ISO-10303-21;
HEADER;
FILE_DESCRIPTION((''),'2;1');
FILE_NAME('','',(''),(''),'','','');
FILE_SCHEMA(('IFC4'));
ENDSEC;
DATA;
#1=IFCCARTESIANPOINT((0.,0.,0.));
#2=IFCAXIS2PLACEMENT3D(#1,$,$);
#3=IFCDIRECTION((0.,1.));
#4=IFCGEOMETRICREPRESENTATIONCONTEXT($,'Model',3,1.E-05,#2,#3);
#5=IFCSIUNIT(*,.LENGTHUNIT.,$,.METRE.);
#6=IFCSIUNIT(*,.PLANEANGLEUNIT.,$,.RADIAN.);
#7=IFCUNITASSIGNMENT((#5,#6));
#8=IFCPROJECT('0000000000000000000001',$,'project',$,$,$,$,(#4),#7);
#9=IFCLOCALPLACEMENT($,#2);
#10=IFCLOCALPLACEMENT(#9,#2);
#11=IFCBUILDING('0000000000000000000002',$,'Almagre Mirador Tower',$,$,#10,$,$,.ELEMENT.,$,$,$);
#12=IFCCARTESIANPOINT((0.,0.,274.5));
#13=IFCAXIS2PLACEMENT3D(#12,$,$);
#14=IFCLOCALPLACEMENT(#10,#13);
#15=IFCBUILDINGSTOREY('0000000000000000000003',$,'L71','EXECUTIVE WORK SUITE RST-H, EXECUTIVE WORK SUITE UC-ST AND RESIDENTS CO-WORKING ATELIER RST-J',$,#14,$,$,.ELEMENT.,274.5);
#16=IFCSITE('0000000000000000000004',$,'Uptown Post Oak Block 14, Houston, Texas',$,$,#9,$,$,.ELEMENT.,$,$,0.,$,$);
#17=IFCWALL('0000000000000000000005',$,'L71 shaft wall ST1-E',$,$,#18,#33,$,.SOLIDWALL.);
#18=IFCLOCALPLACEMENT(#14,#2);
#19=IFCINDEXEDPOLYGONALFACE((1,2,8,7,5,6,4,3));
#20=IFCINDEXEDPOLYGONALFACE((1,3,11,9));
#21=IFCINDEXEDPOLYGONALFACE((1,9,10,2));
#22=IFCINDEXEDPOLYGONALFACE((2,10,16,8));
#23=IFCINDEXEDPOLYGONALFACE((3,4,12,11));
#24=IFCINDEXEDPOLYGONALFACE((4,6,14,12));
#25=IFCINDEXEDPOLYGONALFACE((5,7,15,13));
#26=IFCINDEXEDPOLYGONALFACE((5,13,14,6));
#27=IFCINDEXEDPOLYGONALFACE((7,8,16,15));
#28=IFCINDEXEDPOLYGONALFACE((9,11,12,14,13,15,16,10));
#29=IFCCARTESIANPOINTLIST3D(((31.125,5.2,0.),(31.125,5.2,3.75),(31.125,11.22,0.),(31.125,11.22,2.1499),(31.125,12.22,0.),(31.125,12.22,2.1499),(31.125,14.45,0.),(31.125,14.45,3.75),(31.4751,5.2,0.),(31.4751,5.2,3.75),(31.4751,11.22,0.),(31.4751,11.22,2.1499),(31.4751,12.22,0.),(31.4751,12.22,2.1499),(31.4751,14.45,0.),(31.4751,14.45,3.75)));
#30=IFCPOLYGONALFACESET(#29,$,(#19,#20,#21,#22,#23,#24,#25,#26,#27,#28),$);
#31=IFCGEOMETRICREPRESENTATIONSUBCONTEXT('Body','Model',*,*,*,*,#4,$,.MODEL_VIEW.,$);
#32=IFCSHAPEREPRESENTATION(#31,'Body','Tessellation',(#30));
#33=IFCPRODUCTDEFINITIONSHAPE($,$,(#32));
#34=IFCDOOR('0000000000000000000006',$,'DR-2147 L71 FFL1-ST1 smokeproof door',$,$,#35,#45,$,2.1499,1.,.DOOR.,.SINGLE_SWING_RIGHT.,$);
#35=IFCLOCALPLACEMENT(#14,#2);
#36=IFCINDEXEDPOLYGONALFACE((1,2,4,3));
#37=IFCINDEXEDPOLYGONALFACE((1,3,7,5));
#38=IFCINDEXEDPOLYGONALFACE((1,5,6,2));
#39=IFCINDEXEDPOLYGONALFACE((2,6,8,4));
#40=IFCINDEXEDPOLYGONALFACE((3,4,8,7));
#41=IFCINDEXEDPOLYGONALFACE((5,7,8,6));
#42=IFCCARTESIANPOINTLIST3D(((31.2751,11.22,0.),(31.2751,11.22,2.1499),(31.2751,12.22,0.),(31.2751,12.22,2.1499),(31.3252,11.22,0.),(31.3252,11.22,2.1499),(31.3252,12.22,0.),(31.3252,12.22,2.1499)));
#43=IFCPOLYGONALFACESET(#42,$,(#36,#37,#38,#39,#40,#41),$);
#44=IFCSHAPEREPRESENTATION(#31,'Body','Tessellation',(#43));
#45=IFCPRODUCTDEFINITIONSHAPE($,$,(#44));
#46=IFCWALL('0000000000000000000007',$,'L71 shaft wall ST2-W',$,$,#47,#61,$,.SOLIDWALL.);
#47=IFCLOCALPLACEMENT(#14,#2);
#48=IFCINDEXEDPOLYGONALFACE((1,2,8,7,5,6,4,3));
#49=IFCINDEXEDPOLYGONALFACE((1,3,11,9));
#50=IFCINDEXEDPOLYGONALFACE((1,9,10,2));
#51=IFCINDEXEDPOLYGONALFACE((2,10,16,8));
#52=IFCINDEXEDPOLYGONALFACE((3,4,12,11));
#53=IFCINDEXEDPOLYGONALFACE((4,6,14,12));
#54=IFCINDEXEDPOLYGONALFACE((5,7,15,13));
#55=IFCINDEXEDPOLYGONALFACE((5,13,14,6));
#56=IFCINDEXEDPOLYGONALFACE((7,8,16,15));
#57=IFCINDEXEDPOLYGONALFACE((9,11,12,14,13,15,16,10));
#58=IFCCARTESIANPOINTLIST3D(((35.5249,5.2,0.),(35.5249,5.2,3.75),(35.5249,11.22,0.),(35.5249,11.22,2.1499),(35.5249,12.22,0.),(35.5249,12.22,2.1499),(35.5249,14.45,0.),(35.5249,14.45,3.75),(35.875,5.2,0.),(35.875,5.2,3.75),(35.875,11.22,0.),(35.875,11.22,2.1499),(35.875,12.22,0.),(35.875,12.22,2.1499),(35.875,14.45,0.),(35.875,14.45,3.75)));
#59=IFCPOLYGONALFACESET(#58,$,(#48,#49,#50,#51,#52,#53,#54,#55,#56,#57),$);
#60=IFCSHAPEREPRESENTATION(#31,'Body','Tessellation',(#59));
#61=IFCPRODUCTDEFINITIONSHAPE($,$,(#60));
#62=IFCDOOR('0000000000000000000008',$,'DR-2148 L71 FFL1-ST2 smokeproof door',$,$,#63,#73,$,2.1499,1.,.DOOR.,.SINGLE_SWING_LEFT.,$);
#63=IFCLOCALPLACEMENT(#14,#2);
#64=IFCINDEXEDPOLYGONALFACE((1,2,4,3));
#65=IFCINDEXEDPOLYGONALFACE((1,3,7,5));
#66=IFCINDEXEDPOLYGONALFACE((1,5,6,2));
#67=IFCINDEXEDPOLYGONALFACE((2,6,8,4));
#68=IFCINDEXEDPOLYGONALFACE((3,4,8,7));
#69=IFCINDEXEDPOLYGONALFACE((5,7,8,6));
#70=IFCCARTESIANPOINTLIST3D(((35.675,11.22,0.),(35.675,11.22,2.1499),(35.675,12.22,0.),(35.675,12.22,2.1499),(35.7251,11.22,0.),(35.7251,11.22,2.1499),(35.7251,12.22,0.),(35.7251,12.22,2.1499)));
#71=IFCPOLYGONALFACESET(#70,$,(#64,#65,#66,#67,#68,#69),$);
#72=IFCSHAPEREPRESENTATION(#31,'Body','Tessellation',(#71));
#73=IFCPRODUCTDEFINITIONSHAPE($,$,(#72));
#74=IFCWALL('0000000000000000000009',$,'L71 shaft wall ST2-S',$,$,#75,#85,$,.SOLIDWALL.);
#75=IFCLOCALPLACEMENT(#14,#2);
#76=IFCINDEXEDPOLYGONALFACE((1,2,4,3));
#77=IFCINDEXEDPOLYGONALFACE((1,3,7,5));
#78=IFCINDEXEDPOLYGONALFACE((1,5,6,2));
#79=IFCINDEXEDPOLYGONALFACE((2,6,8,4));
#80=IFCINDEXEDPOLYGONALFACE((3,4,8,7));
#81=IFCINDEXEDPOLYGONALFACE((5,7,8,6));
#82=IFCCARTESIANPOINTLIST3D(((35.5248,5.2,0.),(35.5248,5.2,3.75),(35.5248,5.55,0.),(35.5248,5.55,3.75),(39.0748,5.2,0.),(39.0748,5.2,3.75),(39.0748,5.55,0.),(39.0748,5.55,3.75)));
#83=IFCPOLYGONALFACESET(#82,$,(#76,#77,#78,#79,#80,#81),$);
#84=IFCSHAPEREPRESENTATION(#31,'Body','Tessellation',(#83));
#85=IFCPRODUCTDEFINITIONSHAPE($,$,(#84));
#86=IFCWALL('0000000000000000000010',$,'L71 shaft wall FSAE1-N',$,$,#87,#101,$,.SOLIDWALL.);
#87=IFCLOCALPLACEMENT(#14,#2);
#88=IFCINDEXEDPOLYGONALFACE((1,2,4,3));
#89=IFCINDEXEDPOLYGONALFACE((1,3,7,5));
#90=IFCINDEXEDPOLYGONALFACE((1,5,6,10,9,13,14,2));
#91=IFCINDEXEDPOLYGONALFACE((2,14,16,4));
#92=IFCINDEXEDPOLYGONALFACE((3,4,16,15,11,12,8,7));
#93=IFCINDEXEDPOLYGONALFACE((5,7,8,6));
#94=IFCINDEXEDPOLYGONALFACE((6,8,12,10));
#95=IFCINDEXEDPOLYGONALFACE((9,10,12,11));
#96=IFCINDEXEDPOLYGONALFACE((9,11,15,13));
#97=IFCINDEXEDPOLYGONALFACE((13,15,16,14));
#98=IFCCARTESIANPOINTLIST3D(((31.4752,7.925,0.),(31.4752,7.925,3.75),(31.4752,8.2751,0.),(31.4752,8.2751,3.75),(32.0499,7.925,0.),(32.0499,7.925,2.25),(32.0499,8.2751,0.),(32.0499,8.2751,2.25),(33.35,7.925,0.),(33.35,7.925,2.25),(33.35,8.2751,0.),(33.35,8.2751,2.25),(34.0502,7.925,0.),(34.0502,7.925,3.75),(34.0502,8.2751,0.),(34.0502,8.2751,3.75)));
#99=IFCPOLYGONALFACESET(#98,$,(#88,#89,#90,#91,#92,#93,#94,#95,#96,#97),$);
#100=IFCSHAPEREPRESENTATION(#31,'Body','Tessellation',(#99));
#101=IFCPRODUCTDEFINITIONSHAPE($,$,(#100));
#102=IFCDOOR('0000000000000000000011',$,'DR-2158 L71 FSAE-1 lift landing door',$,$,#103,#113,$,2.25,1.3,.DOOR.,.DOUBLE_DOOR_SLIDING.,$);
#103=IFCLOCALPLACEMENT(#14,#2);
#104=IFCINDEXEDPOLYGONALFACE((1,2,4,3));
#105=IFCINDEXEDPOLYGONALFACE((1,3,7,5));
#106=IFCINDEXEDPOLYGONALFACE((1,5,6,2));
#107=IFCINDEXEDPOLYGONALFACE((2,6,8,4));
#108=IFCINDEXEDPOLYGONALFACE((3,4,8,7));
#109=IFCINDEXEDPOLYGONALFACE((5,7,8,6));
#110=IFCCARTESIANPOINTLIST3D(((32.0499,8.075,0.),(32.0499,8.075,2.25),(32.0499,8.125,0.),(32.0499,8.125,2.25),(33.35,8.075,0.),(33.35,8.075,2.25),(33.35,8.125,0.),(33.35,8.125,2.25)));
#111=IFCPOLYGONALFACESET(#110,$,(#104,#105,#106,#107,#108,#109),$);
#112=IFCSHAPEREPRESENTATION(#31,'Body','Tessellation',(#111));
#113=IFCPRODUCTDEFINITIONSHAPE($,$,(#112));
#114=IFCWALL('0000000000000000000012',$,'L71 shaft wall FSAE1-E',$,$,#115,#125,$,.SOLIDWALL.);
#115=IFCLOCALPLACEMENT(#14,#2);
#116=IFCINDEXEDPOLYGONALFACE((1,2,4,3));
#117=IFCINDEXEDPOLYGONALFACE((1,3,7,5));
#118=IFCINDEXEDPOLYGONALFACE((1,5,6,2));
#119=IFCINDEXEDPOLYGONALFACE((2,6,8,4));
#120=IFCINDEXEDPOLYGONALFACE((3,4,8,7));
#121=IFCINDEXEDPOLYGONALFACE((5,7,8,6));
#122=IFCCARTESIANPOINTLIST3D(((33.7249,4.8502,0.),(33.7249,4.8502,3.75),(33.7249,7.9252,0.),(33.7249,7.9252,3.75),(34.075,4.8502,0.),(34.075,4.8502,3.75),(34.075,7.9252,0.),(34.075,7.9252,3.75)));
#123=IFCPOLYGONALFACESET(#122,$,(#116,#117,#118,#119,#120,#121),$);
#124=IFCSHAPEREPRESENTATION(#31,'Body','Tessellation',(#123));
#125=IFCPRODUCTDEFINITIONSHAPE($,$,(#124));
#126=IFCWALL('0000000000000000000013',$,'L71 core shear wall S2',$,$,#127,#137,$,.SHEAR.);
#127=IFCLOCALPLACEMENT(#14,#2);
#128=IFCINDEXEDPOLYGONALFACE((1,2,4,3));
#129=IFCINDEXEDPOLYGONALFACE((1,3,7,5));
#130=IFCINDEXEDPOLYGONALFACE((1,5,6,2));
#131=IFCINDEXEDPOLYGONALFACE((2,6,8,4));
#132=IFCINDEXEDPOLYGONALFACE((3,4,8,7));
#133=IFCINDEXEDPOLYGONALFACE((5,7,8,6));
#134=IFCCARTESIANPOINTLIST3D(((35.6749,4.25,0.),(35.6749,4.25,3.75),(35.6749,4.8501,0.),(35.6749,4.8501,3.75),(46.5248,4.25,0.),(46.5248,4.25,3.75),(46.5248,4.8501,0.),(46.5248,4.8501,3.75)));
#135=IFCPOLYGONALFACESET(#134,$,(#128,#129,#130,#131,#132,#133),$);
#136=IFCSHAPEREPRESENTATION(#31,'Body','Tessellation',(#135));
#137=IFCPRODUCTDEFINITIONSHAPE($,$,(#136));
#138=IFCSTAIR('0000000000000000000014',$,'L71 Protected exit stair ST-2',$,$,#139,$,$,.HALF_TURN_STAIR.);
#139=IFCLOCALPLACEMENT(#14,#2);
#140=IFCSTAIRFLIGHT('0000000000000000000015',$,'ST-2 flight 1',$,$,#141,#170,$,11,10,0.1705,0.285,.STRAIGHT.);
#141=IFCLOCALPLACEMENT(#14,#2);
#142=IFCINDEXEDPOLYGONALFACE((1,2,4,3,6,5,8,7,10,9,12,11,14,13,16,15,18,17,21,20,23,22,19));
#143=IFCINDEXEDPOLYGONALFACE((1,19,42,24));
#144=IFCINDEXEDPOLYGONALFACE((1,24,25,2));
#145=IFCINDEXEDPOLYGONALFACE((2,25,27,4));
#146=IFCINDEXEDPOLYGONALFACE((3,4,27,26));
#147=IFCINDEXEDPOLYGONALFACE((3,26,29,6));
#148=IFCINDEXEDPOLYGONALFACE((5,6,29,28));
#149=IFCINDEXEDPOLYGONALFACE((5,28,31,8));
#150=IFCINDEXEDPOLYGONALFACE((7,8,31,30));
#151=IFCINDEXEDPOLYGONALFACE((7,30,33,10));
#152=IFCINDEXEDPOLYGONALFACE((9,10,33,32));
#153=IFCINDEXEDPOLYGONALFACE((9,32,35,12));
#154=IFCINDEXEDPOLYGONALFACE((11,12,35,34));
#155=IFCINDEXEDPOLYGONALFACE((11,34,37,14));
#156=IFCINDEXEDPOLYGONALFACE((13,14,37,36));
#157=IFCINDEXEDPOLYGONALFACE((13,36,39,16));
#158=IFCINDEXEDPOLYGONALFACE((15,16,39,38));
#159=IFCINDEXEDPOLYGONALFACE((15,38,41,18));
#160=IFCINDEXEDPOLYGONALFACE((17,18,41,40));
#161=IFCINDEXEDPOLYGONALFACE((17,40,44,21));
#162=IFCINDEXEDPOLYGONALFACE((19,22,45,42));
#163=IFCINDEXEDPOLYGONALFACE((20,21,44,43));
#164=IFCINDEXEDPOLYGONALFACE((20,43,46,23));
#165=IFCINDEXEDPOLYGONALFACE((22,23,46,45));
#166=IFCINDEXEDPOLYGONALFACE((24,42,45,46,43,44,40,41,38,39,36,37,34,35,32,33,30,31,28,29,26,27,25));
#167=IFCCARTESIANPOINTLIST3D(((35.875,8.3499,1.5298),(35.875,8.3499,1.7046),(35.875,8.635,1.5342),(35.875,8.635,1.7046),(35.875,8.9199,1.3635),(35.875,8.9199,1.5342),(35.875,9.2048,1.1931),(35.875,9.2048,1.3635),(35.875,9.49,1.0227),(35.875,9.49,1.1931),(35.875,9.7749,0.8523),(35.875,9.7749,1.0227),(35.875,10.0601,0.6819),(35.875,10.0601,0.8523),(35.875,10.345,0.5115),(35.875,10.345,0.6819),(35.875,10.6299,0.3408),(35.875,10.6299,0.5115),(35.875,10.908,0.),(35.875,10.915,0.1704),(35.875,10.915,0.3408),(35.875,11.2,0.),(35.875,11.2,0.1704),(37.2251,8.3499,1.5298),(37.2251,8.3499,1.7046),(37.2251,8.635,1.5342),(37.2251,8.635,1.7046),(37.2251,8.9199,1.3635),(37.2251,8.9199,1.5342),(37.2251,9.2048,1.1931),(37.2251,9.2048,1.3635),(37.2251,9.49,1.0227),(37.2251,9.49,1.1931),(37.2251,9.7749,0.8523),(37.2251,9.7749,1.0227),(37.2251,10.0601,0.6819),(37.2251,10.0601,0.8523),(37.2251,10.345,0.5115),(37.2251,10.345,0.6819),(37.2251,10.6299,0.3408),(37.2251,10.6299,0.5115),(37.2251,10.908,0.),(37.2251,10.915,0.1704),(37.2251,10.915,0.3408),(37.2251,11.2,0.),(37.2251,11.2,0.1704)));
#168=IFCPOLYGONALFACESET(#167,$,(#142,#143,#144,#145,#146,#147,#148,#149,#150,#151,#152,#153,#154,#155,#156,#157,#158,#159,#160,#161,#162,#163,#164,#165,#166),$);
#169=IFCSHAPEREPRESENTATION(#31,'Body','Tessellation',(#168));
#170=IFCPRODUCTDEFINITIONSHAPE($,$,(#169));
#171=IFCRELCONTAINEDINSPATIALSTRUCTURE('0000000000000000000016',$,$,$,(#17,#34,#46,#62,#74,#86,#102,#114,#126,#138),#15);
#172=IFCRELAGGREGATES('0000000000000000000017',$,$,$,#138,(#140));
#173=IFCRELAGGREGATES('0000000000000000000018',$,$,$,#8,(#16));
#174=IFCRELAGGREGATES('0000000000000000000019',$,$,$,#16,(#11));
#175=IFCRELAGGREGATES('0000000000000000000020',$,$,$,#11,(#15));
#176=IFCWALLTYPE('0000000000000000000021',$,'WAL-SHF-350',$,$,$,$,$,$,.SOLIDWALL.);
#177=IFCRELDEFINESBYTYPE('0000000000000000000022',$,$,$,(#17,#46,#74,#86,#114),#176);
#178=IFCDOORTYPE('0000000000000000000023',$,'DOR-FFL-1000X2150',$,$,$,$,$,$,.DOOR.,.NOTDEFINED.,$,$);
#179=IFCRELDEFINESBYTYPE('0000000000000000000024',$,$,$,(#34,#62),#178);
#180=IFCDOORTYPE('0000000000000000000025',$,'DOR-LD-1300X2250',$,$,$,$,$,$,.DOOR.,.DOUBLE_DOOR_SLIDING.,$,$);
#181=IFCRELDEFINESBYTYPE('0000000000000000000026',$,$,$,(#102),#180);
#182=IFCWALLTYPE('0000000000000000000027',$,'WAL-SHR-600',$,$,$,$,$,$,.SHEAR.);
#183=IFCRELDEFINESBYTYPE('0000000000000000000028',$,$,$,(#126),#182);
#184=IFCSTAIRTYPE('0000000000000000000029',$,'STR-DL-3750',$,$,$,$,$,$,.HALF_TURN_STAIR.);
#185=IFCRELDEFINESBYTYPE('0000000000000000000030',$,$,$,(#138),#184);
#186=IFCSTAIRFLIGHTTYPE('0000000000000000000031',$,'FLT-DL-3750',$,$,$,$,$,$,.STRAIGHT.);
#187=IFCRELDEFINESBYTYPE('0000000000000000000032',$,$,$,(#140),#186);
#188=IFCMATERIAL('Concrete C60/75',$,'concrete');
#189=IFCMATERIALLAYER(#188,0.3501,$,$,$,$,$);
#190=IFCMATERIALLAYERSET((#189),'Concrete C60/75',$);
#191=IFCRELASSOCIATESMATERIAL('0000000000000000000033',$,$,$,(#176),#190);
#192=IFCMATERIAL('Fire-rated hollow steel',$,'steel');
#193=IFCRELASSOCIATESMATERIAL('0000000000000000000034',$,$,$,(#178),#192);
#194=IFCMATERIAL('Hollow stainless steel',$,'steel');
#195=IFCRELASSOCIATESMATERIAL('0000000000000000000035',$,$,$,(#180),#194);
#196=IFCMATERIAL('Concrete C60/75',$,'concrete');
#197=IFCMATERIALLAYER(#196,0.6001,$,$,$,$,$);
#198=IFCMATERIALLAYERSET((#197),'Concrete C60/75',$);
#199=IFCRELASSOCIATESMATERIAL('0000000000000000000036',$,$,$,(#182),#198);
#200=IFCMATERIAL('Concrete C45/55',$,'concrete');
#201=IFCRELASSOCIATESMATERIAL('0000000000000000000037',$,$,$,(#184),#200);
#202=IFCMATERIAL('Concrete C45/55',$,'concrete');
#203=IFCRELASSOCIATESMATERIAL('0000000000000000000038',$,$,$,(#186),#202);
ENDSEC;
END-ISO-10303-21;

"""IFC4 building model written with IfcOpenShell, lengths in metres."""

from ifc_helpers import new_model, si_unit, direction, frame, frame_2d, origin, place, context, subcontext, project, spatial, polyline, rectangle, outline, extrude, material, layer, layer_set, type_object, element, fill, aggregate, save


model = new_model("IFC4")

# Units and contexts
model_context = context("Model", 3, precision=1e-05, world=origin(), true_north=direction((0.0, 1.0)))
body_context = subcontext(model_context, "Body", "Model", "MODEL_VIEW")
ifc_project = project(units=[si_unit("LENGTHUNIT", "METRE"), si_unit("PLANEANGLEUNIT", "RADIAN")], contexts=[model_context])

# Site, building, storey
site_placement = place(None, origin())
site = spatial("IfcSite", under=ifc_project, at=site_placement, Name="Uptown Post Oak Block 14, Houston, Texas", CompositionType="ELEMENT", RefElevation=0.0)
building_placement = place(site_placement, origin())
building = spatial("IfcBuilding", under=site, at=building_placement, Name="Almagre Mirador Tower", CompositionType="ELEMENT")
storey_placement = place(building_placement, frame((0.0, 0.0, 274.5)))
storey = spatial("IfcBuildingStorey", under=building, at=storey_placement, Name="L71", Description="EXECUTIVE WORK SUITE RST-H, EXECUTIVE WORK SUITE UC-ST AND RESIDENTS CO-WORKING ATELIER RST-J", CompositionType="ELEMENT", Elevation=274.5)

# Walls, openings, doors
ifc_material_1 = material(Name="Concrete C60/75", Category="concrete")
ifc_layer_1 = layer(ifc_material_1, 0.3501)
ifc_layer_set_1 = layer_set([ifc_layer_1], Name="Concrete C60/75")
wall_type_1 = type_object("IfcWallType", Name="WAL-SHF-350", PredefinedType="SOLIDWALL", material=ifc_layer_set_1)
wall_1_placement = place(storey_placement, frame((31.3, 5.2, 0.0), z_axis=(0.0, 0.0, 1.0), x_axis=(0.0, 1.0, 0.0)))
wall_1 = element("IfcWall", 1, at=wall_1_placement, inside=storey, type_object=wall_type_1, Name="L71 shaft wall ST1-E", PredefinedType="SOLIDWALL", context=body_context, shape_type="SweptSolid", body=[
    extrude(rectangle(XDim=9.25, YDim=0.3501, at=frame_2d((4.625, 0.0))), origin(), (0.0, 0.0, 1.0), 3.75),
])
opening_1_placement = place(wall_1_placement, frame((6.02, 0.0, 0.0)))
opening_1 = element("IfcOpeningElement", 2, at=opening_1_placement, cuts=wall_1, PredefinedType="OPENING", context=body_context, shape_type="SweptSolid", body=[
    extrude(rectangle(XDim=1.0, YDim=2.1499, at=frame_2d((0.5, 1.075))), frame((0.0, 0.185, 0.0), z_axis=(0.0, -1.0, 0.0), x_axis=(1.0, 0.0, 0.0)), (0.0, 0.0, 1.0), 0.3701),
])
ifc_material_2 = material(Name="Fire-rated hollow steel", Category="steel")
door_type_1 = type_object("IfcDoorType", Name="DOR-FFL-1000X2150", OperationType="NOTDEFINED", PredefinedType="DOOR", material=ifc_material_2)
door_1_placement = place(opening_1_placement, origin())
door_1 = element("IfcDoor", 3, at=door_1_placement, inside=storey, type_object=door_type_1, Name="DR-2147 L71 FFL1-ST1 smokeproof door", OperationType="SINGLE_SWING_RIGHT", OverallHeight=2.1499, OverallWidth=1.0, PredefinedType="DOOR", context=body_context, shape_type="SweptSolid", body=[
    extrude(rectangle(XDim=1.0, YDim=2.1499, at=frame_2d((0.5, 1.075))), frame((0.0, 0.0249, 0.0), z_axis=(0.0, -1.0, 0.0), x_axis=(1.0, 0.0, 0.0)), (0.0, 0.0, 1.0), 0.05),
])
fill(opening_1, door_1)
wall_2_placement = place(storey_placement, frame((35.7, 5.2, 0.0), z_axis=(0.0, 0.0, 1.0), x_axis=(0.0, 1.0, 0.0)))
wall_2 = element("IfcWall", 4, at=wall_2_placement, inside=storey, type_object=wall_type_1, Name="L71 shaft wall ST2-W", PredefinedType="SOLIDWALL", context=body_context, shape_type="SweptSolid", body=[
    extrude(rectangle(XDim=9.25, YDim=0.3501, at=frame_2d((4.625, 0.0))), origin(), (0.0, 0.0, 1.0), 3.75),
])
opening_2_placement = place(wall_2_placement, frame((6.02, 0.0, 0.0)))
opening_2 = element("IfcOpeningElement", 5, at=opening_2_placement, cuts=wall_2, PredefinedType="OPENING", context=body_context, shape_type="SweptSolid", body=[
    extrude(rectangle(XDim=1.0, YDim=2.1499, at=frame_2d((0.5, 1.075))), frame((0.0, 0.185, 0.0), z_axis=(0.0, -1.0, 0.0), x_axis=(1.0, 0.0, 0.0)), (0.0, 0.0, 1.0), 0.3701),
])
door_2_placement = place(opening_2_placement, origin())
door_2 = element("IfcDoor", 6, at=door_2_placement, inside=storey, type_object=door_type_1, Name="DR-2148 L71 FFL1-ST2 smokeproof door", OperationType="SINGLE_SWING_LEFT", OverallHeight=2.1499, OverallWidth=1.0, PredefinedType="DOOR", context=body_context, shape_type="SweptSolid", body=[
    extrude(rectangle(XDim=1.0, YDim=2.1499, at=frame_2d((0.5, 1.075))), frame((0.0, 0.0249, 0.0), z_axis=(0.0, -1.0, 0.0), x_axis=(1.0, 0.0, 0.0)), (0.0, 0.0, 1.0), 0.05),
])
fill(opening_2, door_2)

# Wall
wall_3_placement = place(storey_placement, frame((35.5249, 5.375, 0.0), z_axis=(0.0, 0.0, 1.0), x_axis=(1.0, 0.0, 0.0)))
element("IfcWall", 7, at=wall_3_placement, inside=storey, type_object=wall_type_1, Name="L71 shaft wall ST2-S", PredefinedType="SOLIDWALL", context=body_context, shape_type="SweptSolid", body=[
    extrude(rectangle(XDim=3.55, YDim=0.3501, at=frame_2d((1.7749, 0.0))), origin(), (0.0, 0.0, 1.0), 3.75),
])

# Wall, opening, door
wall_4_placement = place(storey_placement, frame((31.4751, 8.1001, 0.0), z_axis=(0.0, 0.0, 1.0), x_axis=(1.0, 0.0, 0.0)))
wall_4 = element("IfcWall", 8, at=wall_4_placement, inside=storey, type_object=wall_type_1, Name="L71 shaft wall FSAE1-N", PredefinedType="SOLIDWALL", context=body_context, shape_type="SweptSolid", body=[
    extrude(rectangle(XDim=2.575, YDim=0.3501, at=frame_2d((1.2876, 0.0))), origin(), (0.0, 0.0, 1.0), 3.75),
])
opening_3_placement = place(wall_4_placement, frame((0.575, 0.0, 0.0)))
opening_3 = element("IfcOpeningElement", 9, at=opening_3_placement, cuts=wall_4, PredefinedType="OPENING", context=body_context, shape_type="SweptSolid", body=[
    extrude(rectangle(XDim=1.3, YDim=2.25, at=frame_2d((0.6499, 1.125))), frame((0.0, 0.185, 0.0), z_axis=(0.0, -1.0, 0.0), x_axis=(1.0, 0.0, 0.0)), (0.0, 0.0, 1.0), 0.3701),
])
ifc_material_3 = material(Name="Hollow stainless steel", Category="steel")
door_type_2 = type_object("IfcDoorType", Name="DOR-LD-1300X2250", OperationType="DOUBLE_DOOR_SLIDING", PredefinedType="DOOR", material=ifc_material_3)
door_3_placement = place(opening_3_placement, origin())
door_3 = element("IfcDoor", 10, at=door_3_placement, inside=storey, type_object=door_type_2, Name="DR-2158 L71 FSAE-1 lift landing door", OperationType="DOUBLE_DOOR_SLIDING", OverallHeight=2.25, OverallWidth=1.3, PredefinedType="DOOR", context=body_context, shape_type="SweptSolid", body=[
    extrude(rectangle(XDim=1.3, YDim=2.25, at=frame_2d((0.6499, 1.125))), frame((0.0, 0.0249, 0.0), z_axis=(0.0, -1.0, 0.0), x_axis=(1.0, 0.0, 0.0)), (0.0, 0.0, 1.0), 0.05),
])
fill(opening_3, door_3)

# Walls
wall_5_placement = place(storey_placement, frame((33.8999, 4.8501, 0.0), z_axis=(0.0, 0.0, 1.0), x_axis=(0.0, 1.0, 0.0)))
element("IfcWall", 11, at=wall_5_placement, inside=storey, type_object=wall_type_1, Name="L71 shaft wall FSAE1-E", PredefinedType="SOLIDWALL", context=body_context, shape_type="SweptSolid", body=[
    extrude(rectangle(XDim=3.075, YDim=0.3501, at=frame_2d((1.5376, 0.0))), origin(), (0.0, 0.0, 1.0), 3.75),
])
ifc_material_4 = material(Name="Concrete C60/75", Category="concrete")
ifc_layer_2 = layer(ifc_material_4, 0.6001)
ifc_layer_set_2 = layer_set([ifc_layer_2], Name="Concrete C60/75")
wall_type_2 = type_object("IfcWallType", Name="WAL-SHR-600", PredefinedType="SHEAR", material=ifc_layer_set_2)
wall_6_placement = place(storey_placement, frame((35.675, 4.55, 0.0), z_axis=(0.0, 0.0, 1.0), x_axis=(1.0, 0.0, 0.0)))
element("IfcWall", 12, at=wall_6_placement, inside=storey, type_object=wall_type_2, Name="L71 core shear wall S2", PredefinedType="SHEAR", context=body_context, shape_type="SweptSolid", body=[
    extrude(rectangle(XDim=10.8499, YDim=0.6001, at=frame_2d((5.4248, 0.0))), origin(), (0.0, 0.0, 1.0), 3.75),
])

# Stair, stair flight
ifc_material_5 = material(Name="Concrete C45/55", Category="concrete")
stair_type = type_object("IfcStairType", Name="STR-DL-3750", PredefinedType="HALF_TURN_STAIR", material=ifc_material_5)
stair_placement = place(storey_placement, origin())
stair = element("IfcStair", 13, at=stair_placement, inside=storey, type_object=stair_type, Name="L71 Protected exit stair ST-2", PredefinedType="HALF_TURN_STAIR")
ifc_material_6 = material(Name="Concrete C45/55", Category="concrete")
stair_flight_type = type_object("IfcStairFlightType", Name="FLT-DL-3750", PredefinedType="STRAIGHT", material=ifc_material_6)
stair_flight_placement = place(storey_placement, frame((36.55, 11.2, 0.0), z_axis=(0.0, 0.0, 1.0), x_axis=(0.0, -1.0, 0.0)))
stair_flight = element("IfcStairFlight", 14, at=stair_flight_placement, type_object=stair_flight_type, Name="ST-2 flight 1", NumberOfRisers=11, NumberOfTreads=10, PredefinedType="STRAIGHT", RiserHeight=0.1705, TreadLength=0.285, context=body_context, shape_type="SweptSolid", body=[
    extrude(outline(polyline([(0.0, 0.0), (0.0, 0.1704), (0.2849, 0.1704), (0.2849, 0.3408), (0.5701, 0.3408), (0.5701, 0.5115), (0.855, 0.5115), (0.855, 0.6819), (1.1399, 0.6819), (1.1399, 0.8523), (1.425, 0.8523), (1.425, 1.0227), (1.71, 1.0227), (1.71, 1.1931), (1.9951, 1.1931), (1.9951, 1.3635), (2.28, 1.3635), (2.28, 1.5342), (2.5649, 1.5342), (2.5649, 1.7046), (2.8501, 1.7046), (2.8501, 1.875), (2.8501, 1.5298), (0.292, 0.0), (0.0, 0.0)])), frame((0.0, 0.675, 0.0), z_axis=(0.0, -1.0, 0.0), x_axis=(1.0, 0.0, 0.0)), (0.0, 0.0, 1.0), 1.3501),
])
aggregate(stair, [stair_flight])

save(model, "model.ifc")
